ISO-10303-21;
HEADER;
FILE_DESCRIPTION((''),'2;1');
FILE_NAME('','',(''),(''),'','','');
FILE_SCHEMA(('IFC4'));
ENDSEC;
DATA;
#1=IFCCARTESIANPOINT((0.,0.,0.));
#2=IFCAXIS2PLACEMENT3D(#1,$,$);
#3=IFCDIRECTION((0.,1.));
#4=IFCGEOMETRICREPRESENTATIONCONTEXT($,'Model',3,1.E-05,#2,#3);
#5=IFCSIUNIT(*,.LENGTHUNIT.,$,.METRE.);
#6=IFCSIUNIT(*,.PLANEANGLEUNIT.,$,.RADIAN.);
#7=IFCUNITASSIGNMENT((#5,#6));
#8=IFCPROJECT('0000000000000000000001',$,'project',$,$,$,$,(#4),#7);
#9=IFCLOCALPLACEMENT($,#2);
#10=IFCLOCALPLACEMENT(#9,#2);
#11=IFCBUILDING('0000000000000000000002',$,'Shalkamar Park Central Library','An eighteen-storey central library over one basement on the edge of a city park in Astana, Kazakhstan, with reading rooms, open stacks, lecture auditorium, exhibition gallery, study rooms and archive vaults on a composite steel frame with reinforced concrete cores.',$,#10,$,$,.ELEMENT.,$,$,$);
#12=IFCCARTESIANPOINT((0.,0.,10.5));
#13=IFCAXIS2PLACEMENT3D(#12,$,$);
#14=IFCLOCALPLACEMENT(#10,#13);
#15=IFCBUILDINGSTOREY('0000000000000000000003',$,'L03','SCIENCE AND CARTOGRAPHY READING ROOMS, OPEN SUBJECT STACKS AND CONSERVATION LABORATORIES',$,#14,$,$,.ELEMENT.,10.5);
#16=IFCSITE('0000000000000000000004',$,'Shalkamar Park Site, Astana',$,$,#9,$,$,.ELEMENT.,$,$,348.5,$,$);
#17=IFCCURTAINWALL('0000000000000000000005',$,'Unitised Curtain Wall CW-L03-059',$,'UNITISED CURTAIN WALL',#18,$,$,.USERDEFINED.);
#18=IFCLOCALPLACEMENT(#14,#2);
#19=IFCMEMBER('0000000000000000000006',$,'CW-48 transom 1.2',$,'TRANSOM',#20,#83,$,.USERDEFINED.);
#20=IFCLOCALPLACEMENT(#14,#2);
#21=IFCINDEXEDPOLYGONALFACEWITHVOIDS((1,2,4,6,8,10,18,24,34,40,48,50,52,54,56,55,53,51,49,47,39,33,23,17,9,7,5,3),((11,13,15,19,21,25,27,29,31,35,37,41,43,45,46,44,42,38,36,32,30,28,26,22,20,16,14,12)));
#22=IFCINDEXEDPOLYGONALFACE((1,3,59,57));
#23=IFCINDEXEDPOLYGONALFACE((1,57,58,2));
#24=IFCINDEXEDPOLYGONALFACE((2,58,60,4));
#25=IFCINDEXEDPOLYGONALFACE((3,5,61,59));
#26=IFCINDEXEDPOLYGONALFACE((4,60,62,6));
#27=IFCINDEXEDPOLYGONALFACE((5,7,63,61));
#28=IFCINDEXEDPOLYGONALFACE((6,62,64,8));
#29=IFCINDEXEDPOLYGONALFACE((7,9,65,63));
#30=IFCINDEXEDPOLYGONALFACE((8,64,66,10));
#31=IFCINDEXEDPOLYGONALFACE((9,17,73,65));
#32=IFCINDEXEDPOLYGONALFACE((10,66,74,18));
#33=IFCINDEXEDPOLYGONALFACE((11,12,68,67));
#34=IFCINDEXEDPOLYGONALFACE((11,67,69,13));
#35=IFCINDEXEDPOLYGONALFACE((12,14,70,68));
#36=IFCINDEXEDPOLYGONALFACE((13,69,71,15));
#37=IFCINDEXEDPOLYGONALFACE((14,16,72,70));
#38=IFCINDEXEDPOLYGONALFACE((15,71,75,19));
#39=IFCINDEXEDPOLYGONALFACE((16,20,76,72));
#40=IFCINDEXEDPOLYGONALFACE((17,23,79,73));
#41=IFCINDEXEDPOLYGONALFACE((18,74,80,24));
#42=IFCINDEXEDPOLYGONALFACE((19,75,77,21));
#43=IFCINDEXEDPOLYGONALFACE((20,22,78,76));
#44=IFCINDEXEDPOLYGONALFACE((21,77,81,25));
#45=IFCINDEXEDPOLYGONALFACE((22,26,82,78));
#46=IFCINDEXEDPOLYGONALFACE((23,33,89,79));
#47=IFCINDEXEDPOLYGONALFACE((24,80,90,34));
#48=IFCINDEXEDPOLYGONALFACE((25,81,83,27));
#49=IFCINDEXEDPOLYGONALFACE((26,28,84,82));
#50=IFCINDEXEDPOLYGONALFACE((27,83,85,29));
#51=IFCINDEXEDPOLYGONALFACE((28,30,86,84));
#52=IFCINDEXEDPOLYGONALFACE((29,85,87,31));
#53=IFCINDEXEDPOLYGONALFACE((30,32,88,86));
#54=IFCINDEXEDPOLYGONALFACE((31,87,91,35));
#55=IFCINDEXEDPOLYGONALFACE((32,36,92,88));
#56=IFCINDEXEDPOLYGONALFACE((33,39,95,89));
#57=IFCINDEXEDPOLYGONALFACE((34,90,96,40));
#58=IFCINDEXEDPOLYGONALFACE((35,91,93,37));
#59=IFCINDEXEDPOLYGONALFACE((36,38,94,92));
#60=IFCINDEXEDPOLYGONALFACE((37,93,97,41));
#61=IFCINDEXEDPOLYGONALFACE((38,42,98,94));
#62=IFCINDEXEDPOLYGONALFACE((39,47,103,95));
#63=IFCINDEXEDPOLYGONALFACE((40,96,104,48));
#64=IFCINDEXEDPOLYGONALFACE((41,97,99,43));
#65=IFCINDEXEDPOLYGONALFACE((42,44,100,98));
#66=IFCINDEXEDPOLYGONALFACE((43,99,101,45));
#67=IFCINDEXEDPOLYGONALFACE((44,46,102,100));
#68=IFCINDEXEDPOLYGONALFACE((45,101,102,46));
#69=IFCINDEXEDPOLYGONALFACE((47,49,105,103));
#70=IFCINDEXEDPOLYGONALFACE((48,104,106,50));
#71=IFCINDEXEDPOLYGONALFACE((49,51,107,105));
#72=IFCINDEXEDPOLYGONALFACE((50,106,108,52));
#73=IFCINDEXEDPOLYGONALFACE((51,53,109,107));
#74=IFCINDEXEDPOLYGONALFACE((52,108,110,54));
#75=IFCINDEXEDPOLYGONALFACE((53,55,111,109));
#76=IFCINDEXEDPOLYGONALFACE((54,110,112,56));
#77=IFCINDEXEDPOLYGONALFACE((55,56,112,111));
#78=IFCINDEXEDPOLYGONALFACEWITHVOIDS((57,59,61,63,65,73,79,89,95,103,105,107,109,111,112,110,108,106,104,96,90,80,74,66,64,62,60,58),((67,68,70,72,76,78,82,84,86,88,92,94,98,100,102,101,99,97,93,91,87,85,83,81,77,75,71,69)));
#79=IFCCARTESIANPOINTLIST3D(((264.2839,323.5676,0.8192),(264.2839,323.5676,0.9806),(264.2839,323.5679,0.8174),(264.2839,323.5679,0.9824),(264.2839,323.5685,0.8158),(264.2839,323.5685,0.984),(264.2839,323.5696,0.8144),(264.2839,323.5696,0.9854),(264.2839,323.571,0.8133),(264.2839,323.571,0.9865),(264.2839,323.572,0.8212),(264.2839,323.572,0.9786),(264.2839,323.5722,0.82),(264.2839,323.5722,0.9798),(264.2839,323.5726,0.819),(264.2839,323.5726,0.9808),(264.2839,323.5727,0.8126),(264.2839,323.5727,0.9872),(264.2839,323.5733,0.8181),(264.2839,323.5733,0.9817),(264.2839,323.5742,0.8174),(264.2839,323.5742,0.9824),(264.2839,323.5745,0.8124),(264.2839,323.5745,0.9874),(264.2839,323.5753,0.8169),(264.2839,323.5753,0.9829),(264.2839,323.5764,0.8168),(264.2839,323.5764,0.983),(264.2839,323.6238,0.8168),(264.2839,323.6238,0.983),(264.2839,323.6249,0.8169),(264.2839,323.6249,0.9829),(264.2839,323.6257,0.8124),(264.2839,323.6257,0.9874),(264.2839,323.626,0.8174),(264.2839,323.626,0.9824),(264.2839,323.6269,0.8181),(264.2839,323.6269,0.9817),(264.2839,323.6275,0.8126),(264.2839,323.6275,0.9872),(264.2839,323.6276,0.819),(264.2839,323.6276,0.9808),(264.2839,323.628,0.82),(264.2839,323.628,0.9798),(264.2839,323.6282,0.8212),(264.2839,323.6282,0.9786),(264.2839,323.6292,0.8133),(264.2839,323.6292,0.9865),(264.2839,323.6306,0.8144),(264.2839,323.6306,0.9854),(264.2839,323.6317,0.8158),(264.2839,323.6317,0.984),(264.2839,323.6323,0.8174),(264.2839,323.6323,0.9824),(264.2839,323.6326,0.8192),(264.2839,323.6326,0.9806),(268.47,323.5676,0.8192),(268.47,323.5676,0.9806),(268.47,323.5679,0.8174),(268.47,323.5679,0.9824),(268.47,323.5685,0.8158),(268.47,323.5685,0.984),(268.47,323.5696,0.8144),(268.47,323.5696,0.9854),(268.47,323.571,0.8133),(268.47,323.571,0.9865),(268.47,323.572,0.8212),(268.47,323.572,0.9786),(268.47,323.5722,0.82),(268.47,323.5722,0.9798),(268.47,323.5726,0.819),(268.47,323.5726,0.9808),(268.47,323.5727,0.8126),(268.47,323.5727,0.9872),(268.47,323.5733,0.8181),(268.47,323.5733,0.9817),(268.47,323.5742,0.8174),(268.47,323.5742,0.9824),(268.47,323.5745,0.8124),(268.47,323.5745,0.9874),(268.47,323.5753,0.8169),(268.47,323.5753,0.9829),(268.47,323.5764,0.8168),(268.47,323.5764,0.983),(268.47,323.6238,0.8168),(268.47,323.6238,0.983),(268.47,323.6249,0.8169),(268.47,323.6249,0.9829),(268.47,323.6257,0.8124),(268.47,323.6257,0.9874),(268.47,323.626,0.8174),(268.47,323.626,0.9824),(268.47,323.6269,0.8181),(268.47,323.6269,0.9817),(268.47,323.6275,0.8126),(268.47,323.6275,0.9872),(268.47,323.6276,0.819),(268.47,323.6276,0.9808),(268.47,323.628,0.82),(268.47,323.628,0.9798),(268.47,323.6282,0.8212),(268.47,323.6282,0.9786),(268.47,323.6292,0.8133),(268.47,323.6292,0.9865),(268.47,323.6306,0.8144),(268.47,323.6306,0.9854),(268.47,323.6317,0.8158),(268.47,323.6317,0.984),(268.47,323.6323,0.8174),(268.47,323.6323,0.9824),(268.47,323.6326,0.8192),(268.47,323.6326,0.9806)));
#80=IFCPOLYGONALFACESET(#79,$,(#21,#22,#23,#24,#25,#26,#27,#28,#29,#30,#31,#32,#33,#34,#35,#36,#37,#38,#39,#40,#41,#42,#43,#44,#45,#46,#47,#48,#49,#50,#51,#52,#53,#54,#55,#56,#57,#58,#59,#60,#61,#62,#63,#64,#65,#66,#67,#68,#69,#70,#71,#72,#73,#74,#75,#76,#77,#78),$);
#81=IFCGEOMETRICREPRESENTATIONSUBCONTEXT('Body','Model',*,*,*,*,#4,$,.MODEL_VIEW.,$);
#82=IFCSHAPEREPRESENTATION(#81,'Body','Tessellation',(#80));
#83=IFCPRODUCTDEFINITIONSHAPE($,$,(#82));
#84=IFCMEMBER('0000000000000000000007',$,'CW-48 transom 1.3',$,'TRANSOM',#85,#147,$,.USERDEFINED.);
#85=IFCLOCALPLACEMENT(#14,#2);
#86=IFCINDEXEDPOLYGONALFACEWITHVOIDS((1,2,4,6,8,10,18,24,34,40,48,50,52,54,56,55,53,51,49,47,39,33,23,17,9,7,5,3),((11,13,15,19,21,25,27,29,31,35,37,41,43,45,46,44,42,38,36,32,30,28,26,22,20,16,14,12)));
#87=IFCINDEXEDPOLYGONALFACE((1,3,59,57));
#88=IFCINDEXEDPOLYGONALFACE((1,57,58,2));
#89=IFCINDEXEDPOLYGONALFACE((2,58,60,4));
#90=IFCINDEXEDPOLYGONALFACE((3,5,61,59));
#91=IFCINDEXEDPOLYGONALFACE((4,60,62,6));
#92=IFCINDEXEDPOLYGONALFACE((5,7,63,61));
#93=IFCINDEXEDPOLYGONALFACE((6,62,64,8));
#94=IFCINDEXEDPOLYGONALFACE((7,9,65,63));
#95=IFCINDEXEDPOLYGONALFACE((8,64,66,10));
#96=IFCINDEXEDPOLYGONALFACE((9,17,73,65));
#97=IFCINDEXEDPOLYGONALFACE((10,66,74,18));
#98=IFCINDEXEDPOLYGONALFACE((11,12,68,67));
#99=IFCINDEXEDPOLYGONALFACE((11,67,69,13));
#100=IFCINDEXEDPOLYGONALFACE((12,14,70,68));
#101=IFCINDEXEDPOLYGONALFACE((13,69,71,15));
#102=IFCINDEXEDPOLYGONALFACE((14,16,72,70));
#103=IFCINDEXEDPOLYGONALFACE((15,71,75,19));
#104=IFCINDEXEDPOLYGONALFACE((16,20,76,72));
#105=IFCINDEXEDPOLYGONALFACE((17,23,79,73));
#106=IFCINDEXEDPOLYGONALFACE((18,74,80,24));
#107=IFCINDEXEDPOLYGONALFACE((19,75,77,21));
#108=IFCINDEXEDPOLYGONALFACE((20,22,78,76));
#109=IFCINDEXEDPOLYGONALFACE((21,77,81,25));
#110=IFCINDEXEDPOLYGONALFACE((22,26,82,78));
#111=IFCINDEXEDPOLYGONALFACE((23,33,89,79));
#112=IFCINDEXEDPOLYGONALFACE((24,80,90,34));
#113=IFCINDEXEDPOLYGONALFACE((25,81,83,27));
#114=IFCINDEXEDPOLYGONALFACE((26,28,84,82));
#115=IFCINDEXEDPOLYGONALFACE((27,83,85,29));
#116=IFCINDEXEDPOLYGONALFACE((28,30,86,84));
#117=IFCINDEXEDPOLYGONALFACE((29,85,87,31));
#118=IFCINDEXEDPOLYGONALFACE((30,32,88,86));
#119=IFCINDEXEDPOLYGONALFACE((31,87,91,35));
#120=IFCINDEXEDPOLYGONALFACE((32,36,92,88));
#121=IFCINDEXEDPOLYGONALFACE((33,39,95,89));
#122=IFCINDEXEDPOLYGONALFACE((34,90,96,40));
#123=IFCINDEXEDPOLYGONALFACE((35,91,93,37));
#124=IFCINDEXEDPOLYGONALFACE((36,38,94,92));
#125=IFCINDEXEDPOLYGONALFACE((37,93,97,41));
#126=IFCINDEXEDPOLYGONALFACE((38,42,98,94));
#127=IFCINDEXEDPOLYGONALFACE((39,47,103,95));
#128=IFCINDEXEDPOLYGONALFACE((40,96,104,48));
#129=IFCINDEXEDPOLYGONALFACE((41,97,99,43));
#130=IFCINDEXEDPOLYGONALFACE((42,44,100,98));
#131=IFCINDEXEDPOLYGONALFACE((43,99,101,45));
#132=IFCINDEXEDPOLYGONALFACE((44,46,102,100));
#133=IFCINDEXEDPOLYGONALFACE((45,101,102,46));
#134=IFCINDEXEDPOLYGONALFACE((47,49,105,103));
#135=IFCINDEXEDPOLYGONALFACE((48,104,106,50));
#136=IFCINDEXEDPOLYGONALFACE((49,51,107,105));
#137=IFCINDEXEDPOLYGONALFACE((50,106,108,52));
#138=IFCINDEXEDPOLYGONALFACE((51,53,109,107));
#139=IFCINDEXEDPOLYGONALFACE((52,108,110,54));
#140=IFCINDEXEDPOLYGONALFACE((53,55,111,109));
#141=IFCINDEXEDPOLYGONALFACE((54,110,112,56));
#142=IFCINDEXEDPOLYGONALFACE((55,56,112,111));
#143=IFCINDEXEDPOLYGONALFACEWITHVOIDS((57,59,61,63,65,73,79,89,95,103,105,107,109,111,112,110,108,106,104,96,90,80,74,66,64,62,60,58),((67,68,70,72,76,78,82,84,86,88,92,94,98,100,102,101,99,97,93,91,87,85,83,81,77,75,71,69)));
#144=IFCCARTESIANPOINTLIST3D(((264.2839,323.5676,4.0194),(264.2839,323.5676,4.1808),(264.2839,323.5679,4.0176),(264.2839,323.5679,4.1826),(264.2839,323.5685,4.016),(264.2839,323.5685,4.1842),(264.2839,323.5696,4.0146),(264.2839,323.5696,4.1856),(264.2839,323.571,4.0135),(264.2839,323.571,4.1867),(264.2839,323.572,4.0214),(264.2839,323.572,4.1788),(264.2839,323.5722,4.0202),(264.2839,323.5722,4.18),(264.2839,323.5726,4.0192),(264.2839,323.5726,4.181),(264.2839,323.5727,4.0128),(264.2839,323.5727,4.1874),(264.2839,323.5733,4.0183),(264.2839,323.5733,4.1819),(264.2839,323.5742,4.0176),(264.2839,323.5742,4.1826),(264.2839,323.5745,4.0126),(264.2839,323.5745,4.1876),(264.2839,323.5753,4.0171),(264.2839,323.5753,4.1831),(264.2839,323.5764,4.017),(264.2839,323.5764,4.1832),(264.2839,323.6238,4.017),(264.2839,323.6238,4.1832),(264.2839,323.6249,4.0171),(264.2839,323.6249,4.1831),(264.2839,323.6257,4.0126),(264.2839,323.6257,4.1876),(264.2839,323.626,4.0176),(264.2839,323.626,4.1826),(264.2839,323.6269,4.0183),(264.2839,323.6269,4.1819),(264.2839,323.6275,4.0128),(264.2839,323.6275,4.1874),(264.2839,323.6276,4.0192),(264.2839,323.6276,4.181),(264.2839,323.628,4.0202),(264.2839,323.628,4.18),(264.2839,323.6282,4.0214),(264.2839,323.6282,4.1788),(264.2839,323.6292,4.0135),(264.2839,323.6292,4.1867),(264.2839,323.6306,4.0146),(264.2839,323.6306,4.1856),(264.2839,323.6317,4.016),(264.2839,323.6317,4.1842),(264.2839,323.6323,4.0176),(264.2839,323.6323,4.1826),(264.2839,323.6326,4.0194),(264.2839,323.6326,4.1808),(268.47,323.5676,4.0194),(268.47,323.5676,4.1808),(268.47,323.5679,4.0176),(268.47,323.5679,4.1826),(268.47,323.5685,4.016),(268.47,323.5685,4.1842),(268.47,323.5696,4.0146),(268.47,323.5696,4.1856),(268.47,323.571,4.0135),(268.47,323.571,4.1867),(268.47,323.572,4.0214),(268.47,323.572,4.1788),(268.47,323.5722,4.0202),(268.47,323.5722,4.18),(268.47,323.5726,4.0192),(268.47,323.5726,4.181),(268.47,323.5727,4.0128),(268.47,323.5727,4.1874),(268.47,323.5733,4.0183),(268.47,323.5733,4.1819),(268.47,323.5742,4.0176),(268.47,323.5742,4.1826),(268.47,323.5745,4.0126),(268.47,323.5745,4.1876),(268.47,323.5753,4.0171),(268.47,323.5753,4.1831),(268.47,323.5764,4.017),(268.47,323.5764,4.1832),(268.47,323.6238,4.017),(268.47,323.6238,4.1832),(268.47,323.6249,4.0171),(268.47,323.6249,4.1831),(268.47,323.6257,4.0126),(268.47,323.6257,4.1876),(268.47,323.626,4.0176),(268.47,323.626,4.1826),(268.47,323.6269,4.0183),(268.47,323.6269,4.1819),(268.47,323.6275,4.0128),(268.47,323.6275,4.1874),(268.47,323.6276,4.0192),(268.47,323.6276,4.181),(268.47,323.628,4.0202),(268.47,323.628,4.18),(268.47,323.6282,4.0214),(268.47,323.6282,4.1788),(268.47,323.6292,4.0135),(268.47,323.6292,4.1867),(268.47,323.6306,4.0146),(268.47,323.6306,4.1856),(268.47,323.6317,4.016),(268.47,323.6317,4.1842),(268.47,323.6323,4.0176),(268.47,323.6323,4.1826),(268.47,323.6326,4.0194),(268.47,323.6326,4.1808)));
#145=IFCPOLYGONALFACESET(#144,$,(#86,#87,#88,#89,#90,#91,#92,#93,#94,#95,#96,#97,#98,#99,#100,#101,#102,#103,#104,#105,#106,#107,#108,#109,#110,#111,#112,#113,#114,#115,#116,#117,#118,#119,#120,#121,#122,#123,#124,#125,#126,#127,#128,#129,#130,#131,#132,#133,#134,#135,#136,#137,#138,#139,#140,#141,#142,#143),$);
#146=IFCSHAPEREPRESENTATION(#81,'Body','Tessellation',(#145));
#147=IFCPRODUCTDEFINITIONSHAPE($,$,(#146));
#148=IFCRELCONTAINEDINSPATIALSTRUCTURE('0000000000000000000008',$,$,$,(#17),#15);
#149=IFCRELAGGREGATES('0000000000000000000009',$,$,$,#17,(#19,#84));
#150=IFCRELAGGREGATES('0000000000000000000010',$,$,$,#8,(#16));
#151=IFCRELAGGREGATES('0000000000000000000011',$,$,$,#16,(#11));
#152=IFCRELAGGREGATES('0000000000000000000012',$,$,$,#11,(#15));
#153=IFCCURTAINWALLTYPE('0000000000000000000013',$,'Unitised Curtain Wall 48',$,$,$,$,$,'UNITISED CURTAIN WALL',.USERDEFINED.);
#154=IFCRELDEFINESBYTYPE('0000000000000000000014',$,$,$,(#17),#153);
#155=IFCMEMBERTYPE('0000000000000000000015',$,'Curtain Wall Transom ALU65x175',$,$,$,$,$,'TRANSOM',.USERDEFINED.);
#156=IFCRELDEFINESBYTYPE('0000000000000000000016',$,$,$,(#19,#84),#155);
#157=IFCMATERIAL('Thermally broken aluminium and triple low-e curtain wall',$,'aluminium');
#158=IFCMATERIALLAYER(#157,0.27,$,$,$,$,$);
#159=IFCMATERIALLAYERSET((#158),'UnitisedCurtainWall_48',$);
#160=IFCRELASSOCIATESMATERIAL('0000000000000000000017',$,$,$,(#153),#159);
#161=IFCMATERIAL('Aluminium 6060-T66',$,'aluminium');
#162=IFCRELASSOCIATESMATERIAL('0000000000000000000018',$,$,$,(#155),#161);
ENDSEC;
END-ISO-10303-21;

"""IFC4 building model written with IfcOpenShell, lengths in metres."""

from ifc_helpers import new_model, si_unit, direction, frame, origin, origin_2d, place, context, subcontext, project, spatial, hollow_rectangle, extrude, material, layer, layer_set, material_profile, profile_set, type_object, element, aggregate, save


model = new_model("IFC4")

# Units and contexts
model_context = context("Model", 3, precision=1e-05, world=origin(), true_north=direction((0.0, 1.0)))
body_context = subcontext(model_context, "Body", "Model", "MODEL_VIEW")
ifc_project = project(units=[si_unit("LENGTHUNIT", "METRE"), si_unit("PLANEANGLEUNIT", "RADIAN")], contexts=[model_context])

# Site, building, storey
site_placement = place(None, origin())
site = spatial("IfcSite", under=ifc_project, at=site_placement, Name="Shalkamar Park Site, Astana", CompositionType="ELEMENT", RefElevation=348.5)
building_placement = place(site_placement, origin())
building = spatial("IfcBuilding", under=site, at=building_placement, Name="Shalkamar Park Central Library", Description="An eighteen-storey central library over one basement on the edge of a city park in Astana, Kazakhstan, with reading rooms, open stacks, lecture auditorium, exhibition gallery, study rooms and archive vaults on a composite steel frame with reinforced concrete cores.", CompositionType="ELEMENT")
storey_placement = place(building_placement, frame((0.0, 0.0, 10.5)))
storey = spatial("IfcBuildingStorey", under=building, at=storey_placement, Name="L03", Description="SCIENCE AND CARTOGRAPHY READING ROOMS, OPEN SUBJECT STACKS AND CONSERVATION LABORATORIES", CompositionType="ELEMENT", Elevation=10.5)

# Shared definitions
ifc_material_1 = material(Name="Thermally broken aluminium and triple low-e curtain wall", Category="aluminium")
ifc_material_2 = material(Name="Aluminium 6060-T66", Category="aluminium")

# Curtain wall, members
ifc_layer_1 = layer(ifc_material_1, 0.27)
ifc_layer_set_1 = layer_set([ifc_layer_1], Name="UnitisedCurtainWall_48")
curtain_wall_type_1 = type_object("IfcCurtainWallType", Name="Unitised Curtain Wall 48", ElementType="UNITISED CURTAIN WALL", PredefinedType="USERDEFINED", material=ifc_layer_set_1)
curtain_wall_1_placement = place(storey_placement, origin())
curtain_wall_1 = element("IfcCurtainWall", 1, at=curtain_wall_1_placement, inside=storey, type_object=curtain_wall_type_1, Name="Unitised Curtain Wall CW-L03-059", ObjectType="UNITISED CURTAIN WALL", PredefinedType="USERDEFINED")
ifc_material_profile_1 = material_profile(ifc_material_2, hollow_rectangle(XDim=0.0649, YDim=0.175, WallThickness=0.0044, InnerFilletRadius=0.0044, OuterFilletRadius=0.0068, at=origin_2d()), Name="ALU 65x175x4.5")
ifc_profile_set_1 = profile_set([ifc_material_profile_1], Name="Aluminium 6060-T66")
member_type_1 = type_object("IfcMemberType", Name="Curtain Wall Transom ALU65x175", ElementType="TRANSOM", PredefinedType="USERDEFINED", material=ifc_profile_set_1)
member_1_placement = place(storey_placement, frame((264.2839, 323.6001, 0.8999), z_axis=(1.0, 0.0, 0.0), x_axis=(0.0, 1.0, 0.0)))
member_1 = element("IfcMember", 2, at=member_1_placement, type_object=member_type_1, Name="CW-48 transom 1.2", ObjectType="TRANSOM", PredefinedType="USERDEFINED", context=body_context, shape_type="SweptSolid", body=[
    extrude(hollow_rectangle(XDim=0.0649, YDim=0.175, WallThickness=0.0044, InnerFilletRadius=0.0044, OuterFilletRadius=0.0068, at=origin_2d()), origin(), (0.0, 0.0, 1.0), 4.186),
])
member_2_placement = place(storey_placement, frame((264.2839, 323.6001, 4.1001), z_axis=(1.0, 0.0, 0.0), x_axis=(0.0, 1.0, 0.0)))
member_2 = element("IfcMember", 3, at=member_2_placement, type_object=member_type_1, Name="CW-48 transom 1.3", ObjectType="TRANSOM", PredefinedType="USERDEFINED", context=body_context, shape_type="SweptSolid", body=[
    extrude(hollow_rectangle(XDim=0.0649, YDim=0.175, WallThickness=0.0044, InnerFilletRadius=0.0044, OuterFilletRadius=0.0068, at=origin_2d()), origin(), (0.0, 0.0, 1.0), 4.186),
])

aggregate(curtain_wall_1, [member_1, member_2])

save(model, "model.ifc")
